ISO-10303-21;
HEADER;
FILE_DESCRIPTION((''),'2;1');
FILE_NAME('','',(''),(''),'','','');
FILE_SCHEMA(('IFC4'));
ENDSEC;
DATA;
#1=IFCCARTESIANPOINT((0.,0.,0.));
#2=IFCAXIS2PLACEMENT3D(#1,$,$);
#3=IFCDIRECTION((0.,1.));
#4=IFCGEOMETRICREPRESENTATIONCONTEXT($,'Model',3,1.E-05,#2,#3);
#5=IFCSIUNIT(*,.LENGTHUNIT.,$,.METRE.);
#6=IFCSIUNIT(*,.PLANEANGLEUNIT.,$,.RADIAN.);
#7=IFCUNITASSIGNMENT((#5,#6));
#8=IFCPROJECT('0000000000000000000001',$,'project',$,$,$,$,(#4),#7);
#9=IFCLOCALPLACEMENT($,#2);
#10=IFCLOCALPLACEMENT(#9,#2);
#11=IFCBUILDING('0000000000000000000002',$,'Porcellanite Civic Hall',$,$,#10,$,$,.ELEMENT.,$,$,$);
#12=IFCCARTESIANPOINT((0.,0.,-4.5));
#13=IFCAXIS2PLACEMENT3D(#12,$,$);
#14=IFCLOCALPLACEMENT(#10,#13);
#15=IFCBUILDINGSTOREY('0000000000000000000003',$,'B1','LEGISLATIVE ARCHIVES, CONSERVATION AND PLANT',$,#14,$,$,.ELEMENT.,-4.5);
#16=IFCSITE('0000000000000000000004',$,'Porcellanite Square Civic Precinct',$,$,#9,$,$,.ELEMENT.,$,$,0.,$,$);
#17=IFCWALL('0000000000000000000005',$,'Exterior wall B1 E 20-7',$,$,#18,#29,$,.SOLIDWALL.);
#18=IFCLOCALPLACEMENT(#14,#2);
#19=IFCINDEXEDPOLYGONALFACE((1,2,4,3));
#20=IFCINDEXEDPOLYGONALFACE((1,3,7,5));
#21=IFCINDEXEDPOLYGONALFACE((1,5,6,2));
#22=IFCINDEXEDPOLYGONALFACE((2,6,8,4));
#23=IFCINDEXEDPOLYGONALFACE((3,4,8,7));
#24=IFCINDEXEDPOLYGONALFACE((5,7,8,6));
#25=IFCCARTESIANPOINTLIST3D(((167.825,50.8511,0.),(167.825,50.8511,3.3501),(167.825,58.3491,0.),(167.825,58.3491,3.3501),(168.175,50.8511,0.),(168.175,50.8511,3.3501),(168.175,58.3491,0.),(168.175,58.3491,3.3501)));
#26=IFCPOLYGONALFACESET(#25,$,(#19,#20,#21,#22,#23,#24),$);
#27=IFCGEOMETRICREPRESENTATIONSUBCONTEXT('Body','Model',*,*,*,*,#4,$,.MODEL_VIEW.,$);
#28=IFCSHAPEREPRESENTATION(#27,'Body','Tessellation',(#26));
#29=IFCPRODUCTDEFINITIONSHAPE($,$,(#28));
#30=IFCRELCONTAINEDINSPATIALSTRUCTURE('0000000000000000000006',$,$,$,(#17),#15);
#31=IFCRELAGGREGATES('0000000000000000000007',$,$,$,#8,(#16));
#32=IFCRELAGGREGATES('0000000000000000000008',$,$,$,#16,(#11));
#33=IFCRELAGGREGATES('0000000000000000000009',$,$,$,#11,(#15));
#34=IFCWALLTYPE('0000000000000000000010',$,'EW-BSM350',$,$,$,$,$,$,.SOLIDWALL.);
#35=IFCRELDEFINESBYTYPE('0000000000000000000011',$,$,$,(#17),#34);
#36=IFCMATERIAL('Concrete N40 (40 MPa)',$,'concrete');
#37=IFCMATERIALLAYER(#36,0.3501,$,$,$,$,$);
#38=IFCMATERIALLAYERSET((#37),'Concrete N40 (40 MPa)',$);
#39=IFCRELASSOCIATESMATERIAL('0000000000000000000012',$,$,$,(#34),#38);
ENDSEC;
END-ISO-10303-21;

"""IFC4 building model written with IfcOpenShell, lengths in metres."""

from ifc_helpers import new_model, si_unit, direction, frame, frame_2d, origin, place, context, subcontext, project, spatial, rectangle, extrude, material, layer, layer_set, type_object, element, save


model = new_model("IFC4")

# Units and contexts
model_context = context("Model", 3, precision=1e-05, world=origin(), true_north=direction((0.0, 1.0)))
body_context = subcontext(model_context, "Body", "Model", "MODEL_VIEW")
ifc_project = project(units=[si_unit("LENGTHUNIT", "METRE"), si_unit("PLANEANGLEUNIT", "RADIAN")], contexts=[model_context])

# Site, building, storey
site_placement = place(None, origin())
site = spatial("IfcSite", under=ifc_project, at=site_placement, Name="Porcellanite Square Civic Precinct", CompositionType="ELEMENT", RefElevation=0.0)
building_placement = place(site_placement, origin())
building = spatial("IfcBuilding", under=site, at=building_placement, Name="Porcellanite Civic Hall", CompositionType="ELEMENT")
storey_placement = place(building_placement, frame((0.0, 0.0, -4.5)))
storey = spatial("IfcBuildingStorey", under=building, at=storey_placement, Name="B1", Description="LEGISLATIVE ARCHIVES, CONSERVATION AND PLANT", CompositionType="ELEMENT", Elevation=-4.5)

# Wall
ifc_material_1 = material(Name="Concrete N40 (40 MPa)", Category="concrete")
ifc_layer = layer(ifc_material_1, 0.3501)
ifc_layer_set = layer_set([ifc_layer], Name="Concrete N40 (40 MPa)")
wall_type = type_object("IfcWallType", Name="EW-BSM350", PredefinedType="SOLIDWALL", material=ifc_layer_set)
for number, where, z_axis, x_axis, name in (
    (1, (168.0, 58.3491, 0.0), (0.0, 0.0, 1.0), (0.0, -1.0, 0.0), "Exterior wall B1 E 20-7"),
):
    element("IfcWall", number, at=place(storey_placement, frame(where, z_axis=z_axis, x_axis=x_axis)), inside=storey, type_object=wall_type, Name=name, PredefinedType="SOLIDWALL", context=body_context, shape_type="SweptSolid", body=[
        extrude(rectangle(XDim=7.498, YDim=0.3501, at=frame_2d((3.749, 0.0))), origin(), (0.0, 0.0, 1.0), 3.3501),
    ])

save(model, "model.ifc")
